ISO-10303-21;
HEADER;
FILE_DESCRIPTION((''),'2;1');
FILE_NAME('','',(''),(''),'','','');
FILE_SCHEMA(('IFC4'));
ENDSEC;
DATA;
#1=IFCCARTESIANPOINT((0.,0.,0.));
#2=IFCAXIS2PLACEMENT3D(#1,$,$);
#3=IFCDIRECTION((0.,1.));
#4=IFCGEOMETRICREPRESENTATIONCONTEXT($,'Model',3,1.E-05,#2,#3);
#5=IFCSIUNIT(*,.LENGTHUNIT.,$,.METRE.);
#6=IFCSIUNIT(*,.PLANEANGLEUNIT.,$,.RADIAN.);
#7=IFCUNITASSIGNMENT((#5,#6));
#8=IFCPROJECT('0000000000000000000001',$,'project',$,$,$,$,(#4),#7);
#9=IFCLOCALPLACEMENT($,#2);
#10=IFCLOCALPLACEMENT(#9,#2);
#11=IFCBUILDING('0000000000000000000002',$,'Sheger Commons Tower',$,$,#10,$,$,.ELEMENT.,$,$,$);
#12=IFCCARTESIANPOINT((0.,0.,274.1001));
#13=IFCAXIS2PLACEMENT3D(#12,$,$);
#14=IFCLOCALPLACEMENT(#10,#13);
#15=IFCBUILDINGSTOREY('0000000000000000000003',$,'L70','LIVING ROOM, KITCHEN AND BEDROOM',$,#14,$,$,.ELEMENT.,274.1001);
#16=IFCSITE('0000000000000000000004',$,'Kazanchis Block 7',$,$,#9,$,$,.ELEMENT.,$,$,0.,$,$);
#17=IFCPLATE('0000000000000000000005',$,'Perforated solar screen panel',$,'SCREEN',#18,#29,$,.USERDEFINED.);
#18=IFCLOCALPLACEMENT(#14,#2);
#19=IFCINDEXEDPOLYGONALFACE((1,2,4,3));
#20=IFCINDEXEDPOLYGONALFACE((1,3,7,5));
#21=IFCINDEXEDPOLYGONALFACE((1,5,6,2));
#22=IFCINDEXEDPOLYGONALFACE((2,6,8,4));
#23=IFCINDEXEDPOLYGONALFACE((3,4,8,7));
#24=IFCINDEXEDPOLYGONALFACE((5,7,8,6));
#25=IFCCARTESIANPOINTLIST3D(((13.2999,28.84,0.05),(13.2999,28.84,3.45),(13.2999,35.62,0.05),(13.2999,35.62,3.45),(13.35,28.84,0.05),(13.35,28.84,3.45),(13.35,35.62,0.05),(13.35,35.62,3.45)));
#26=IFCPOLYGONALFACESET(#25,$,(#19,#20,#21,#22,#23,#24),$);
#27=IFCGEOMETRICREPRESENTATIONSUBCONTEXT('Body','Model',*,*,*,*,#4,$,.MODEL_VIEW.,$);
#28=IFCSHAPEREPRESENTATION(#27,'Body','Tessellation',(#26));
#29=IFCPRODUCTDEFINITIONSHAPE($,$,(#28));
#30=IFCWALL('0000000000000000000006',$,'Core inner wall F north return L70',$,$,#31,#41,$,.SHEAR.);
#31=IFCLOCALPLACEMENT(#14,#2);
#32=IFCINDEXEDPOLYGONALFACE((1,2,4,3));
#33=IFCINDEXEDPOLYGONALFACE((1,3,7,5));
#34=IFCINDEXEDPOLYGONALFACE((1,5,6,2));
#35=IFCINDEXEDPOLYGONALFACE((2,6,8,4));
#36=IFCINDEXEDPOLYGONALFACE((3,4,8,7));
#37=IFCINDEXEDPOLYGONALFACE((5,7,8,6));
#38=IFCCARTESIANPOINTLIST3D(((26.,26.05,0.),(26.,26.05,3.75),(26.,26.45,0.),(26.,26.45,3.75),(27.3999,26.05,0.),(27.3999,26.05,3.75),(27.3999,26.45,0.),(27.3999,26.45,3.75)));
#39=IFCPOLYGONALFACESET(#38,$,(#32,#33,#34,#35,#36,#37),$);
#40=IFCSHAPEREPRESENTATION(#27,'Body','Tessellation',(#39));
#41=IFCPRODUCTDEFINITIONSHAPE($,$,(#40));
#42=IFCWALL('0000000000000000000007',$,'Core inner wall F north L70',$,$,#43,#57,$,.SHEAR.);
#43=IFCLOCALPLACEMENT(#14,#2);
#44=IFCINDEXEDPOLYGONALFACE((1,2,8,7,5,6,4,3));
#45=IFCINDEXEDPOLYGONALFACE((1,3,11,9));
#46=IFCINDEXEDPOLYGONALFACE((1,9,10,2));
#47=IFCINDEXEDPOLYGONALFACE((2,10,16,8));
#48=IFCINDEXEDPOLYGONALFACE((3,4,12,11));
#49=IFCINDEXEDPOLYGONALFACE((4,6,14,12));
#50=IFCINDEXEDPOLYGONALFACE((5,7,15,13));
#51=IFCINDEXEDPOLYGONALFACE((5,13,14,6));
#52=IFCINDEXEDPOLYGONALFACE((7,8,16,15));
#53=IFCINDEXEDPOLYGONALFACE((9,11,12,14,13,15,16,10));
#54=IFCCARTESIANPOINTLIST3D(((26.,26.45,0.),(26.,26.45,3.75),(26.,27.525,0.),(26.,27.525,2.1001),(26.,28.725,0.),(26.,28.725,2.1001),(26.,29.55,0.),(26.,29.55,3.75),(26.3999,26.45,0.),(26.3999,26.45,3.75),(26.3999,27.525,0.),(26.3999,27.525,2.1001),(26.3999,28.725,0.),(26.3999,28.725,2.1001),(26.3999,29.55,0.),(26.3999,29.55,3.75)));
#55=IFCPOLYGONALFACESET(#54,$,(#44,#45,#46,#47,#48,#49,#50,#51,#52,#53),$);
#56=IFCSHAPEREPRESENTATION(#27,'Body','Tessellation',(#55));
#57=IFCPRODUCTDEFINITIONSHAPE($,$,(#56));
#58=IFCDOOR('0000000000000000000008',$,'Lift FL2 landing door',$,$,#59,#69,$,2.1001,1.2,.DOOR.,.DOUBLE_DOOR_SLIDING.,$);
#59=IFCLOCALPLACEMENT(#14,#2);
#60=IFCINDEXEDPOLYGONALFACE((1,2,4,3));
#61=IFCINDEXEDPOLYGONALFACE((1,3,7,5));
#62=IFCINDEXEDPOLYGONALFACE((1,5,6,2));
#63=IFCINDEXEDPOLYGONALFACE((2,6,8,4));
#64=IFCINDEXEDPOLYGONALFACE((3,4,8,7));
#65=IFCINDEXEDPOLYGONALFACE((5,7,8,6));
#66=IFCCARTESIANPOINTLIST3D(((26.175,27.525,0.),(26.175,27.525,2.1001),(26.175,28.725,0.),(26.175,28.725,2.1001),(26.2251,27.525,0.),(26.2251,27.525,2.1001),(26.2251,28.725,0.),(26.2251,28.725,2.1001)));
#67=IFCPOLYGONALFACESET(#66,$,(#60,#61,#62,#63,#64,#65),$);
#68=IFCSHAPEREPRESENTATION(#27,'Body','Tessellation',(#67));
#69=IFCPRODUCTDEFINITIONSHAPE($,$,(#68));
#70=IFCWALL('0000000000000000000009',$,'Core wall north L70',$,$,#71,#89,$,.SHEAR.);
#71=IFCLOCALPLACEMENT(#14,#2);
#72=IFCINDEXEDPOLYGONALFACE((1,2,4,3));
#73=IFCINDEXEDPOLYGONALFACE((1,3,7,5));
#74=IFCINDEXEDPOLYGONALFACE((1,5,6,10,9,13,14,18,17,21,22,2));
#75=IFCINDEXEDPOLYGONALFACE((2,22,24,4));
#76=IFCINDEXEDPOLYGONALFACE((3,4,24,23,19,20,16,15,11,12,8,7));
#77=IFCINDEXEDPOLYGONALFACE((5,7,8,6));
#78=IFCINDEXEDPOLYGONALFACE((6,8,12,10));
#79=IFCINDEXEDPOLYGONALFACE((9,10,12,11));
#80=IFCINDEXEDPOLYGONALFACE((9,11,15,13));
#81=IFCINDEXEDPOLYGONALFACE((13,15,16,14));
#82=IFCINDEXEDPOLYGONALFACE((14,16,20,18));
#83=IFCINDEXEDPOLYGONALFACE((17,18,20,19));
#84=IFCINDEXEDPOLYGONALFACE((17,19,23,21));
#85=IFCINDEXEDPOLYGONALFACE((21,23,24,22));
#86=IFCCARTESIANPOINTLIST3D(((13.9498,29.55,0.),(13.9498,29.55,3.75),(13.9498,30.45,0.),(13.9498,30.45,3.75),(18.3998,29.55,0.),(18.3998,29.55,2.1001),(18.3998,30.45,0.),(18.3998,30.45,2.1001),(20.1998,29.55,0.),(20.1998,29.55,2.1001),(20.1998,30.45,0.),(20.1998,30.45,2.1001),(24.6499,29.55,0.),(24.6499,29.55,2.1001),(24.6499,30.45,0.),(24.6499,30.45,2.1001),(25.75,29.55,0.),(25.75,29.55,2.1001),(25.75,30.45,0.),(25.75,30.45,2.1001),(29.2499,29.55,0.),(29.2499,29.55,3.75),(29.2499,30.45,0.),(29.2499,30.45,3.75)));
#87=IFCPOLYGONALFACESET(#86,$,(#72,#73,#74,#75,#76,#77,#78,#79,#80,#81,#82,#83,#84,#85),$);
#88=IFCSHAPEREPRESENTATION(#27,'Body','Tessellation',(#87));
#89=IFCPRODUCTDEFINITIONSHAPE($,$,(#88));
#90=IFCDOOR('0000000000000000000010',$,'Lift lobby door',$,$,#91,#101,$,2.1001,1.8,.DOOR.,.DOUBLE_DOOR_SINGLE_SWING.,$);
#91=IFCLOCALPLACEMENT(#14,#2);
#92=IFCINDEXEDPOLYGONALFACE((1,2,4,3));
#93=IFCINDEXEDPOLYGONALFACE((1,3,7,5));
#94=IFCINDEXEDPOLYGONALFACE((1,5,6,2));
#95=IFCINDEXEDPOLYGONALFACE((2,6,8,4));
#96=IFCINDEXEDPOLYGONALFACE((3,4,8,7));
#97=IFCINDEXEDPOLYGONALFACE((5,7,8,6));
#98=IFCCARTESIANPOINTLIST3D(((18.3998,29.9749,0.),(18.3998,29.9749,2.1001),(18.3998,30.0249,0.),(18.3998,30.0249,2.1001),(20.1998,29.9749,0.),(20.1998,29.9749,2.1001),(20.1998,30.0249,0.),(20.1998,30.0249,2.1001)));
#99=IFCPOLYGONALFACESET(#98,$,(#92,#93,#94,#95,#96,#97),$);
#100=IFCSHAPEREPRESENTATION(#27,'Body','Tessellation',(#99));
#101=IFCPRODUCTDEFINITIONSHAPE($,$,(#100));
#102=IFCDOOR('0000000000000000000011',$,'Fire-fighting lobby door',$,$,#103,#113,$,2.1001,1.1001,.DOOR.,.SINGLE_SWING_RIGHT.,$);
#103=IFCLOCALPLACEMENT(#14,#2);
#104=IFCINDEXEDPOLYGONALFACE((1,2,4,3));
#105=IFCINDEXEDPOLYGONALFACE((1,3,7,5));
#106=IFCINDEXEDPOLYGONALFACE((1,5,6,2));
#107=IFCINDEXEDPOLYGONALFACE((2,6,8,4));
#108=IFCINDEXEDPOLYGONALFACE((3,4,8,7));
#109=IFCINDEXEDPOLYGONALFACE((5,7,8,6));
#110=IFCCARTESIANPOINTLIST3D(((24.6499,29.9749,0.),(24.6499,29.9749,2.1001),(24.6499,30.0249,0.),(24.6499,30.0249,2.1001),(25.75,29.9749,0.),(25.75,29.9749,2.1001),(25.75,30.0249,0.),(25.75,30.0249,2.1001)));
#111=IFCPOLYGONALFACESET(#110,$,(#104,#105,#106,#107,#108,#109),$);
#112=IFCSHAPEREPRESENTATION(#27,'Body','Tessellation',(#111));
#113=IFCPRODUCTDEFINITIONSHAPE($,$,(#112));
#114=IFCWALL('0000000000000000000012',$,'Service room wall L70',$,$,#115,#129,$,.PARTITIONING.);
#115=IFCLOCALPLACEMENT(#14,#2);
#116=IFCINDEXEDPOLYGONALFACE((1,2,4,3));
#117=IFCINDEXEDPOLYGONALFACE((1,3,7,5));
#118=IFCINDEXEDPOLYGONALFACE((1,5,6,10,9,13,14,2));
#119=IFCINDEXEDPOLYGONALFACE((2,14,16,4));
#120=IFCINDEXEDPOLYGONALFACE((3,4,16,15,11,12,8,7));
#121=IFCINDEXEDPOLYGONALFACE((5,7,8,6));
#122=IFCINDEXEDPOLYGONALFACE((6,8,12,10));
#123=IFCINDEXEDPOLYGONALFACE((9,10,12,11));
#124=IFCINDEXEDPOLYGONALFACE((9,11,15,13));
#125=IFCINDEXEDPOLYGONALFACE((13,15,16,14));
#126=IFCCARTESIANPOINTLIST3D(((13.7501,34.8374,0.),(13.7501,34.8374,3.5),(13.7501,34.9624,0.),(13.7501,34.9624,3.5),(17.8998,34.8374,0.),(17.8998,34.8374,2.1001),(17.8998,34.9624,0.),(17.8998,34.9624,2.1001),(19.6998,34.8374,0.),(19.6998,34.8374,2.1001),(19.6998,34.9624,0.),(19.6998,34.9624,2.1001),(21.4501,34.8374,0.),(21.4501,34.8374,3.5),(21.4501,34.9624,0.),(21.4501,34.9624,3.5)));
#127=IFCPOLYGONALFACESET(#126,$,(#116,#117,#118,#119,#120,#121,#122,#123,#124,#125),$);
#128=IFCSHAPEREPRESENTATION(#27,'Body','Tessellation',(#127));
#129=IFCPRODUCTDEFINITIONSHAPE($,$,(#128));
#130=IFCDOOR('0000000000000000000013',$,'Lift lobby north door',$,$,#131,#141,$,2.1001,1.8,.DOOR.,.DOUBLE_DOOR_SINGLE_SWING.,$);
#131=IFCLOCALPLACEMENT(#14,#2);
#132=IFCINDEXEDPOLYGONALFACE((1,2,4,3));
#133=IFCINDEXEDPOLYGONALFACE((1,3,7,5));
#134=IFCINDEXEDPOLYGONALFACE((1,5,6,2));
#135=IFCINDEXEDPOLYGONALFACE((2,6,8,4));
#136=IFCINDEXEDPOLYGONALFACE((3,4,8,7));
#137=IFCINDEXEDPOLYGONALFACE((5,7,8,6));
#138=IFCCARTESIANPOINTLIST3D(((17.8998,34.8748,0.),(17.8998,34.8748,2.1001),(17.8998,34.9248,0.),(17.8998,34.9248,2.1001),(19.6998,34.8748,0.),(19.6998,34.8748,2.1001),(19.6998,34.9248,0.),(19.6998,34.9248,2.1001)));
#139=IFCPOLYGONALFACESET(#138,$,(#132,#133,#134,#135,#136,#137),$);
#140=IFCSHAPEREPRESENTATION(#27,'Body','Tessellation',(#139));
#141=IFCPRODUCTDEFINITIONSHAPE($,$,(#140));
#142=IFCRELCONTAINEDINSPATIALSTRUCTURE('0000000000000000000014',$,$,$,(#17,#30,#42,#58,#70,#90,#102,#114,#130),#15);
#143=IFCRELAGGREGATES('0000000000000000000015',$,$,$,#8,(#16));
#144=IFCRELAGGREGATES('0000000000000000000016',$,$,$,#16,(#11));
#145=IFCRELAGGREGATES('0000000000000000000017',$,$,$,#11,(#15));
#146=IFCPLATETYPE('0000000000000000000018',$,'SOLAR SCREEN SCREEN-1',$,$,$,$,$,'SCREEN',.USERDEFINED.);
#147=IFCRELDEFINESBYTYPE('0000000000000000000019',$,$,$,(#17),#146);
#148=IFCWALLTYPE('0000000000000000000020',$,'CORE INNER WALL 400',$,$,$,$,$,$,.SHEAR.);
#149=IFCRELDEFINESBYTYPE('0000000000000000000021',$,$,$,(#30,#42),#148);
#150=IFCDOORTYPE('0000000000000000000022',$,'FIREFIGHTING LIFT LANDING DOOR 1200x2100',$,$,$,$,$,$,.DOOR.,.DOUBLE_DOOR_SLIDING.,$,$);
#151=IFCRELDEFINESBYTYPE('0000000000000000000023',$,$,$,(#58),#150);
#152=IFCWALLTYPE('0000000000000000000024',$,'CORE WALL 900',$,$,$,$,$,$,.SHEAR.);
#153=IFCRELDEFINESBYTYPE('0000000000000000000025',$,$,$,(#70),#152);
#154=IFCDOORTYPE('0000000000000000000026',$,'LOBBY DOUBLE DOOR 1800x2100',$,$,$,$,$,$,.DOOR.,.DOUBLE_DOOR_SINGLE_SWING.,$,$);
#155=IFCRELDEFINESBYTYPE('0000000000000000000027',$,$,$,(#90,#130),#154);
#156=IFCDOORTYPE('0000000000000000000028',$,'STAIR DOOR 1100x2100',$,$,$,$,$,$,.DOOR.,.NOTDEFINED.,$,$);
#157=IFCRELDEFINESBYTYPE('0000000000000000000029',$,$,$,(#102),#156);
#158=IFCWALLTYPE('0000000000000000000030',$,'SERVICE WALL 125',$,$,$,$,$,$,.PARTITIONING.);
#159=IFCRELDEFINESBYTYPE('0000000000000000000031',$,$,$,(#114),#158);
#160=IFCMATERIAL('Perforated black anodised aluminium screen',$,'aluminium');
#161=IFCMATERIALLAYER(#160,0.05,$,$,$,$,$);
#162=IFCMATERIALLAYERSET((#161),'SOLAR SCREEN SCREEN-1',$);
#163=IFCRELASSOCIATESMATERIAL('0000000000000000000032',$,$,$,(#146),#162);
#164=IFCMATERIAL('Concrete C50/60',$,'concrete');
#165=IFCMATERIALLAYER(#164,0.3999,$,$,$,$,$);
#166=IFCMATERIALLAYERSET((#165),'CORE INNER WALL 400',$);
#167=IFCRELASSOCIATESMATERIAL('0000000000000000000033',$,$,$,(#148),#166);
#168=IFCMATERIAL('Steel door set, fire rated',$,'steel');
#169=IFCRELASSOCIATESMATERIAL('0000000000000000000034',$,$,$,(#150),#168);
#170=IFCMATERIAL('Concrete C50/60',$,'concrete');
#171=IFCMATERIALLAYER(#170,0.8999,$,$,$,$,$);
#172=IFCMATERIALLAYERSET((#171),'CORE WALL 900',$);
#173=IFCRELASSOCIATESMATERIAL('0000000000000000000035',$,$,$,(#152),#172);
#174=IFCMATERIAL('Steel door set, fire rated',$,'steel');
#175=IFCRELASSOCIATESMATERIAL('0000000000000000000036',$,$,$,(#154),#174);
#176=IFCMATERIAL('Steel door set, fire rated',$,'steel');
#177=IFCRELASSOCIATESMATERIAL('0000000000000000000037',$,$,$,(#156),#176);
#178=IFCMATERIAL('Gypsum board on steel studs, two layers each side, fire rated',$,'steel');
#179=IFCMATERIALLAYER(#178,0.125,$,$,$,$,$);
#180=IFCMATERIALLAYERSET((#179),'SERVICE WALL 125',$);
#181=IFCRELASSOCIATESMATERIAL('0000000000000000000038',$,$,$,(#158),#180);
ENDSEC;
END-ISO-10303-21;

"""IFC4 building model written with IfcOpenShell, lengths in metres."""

from ifc_helpers import new_model, si_unit, direction, frame, frame_2d, origin, origin_2d, place, context, subcontext, project, spatial, rectangle, extrude, material, layer, layer_set, type_object, element, fill, save


model = new_model("IFC4")

# Units and contexts
model_context = context("Model", 3, precision=1e-05, world=origin(), true_north=direction((0.0, 1.0)))
body_context = subcontext(model_context, "Body", "Model", "MODEL_VIEW")
ifc_project = project(units=[si_unit("LENGTHUNIT", "METRE"), si_unit("PLANEANGLEUNIT", "RADIAN")], contexts=[model_context])

# Site, building, storey
site_placement = place(None, origin())
site = spatial("IfcSite", under=ifc_project, at=site_placement, Name="Kazanchis Block 7", CompositionType="ELEMENT", RefElevation=0.0)
building_placement = place(site_placement, origin())
building = spatial("IfcBuilding", under=site, at=building_placement, Name="Sheger Commons Tower", CompositionType="ELEMENT")
storey_placement = place(building_placement, frame((0.0, 0.0, 274.1001)))
storey = spatial("IfcBuildingStorey", under=building, at=storey_placement, Name="L70", Description="LIVING ROOM, KITCHEN AND BEDROOM", CompositionType="ELEMENT", Elevation=274.1001)

# Plate
ifc_material_1 = material(Name="Perforated black anodised aluminium screen", Category="aluminium")
ifc_layer_1 = layer(ifc_material_1, 0.05)
ifc_layer_set_1 = layer_set([ifc_layer_1], Name="SOLAR SCREEN SCREEN-1")
plate_type = type_object("IfcPlateType", Name="SOLAR SCREEN SCREEN-1", ElementType="SCREEN", PredefinedType="USERDEFINED", material=ifc_layer_set_1)
plate_placement = place(storey_placement, frame((13.325, 32.23, 0.05), z_axis=(0.0, 0.0, 1.0), x_axis=(0.0, -1.0, 0.0)))
element("IfcPlate", 1, at=plate_placement, inside=storey, type_object=plate_type, Name="Perforated solar screen panel", ObjectType="SCREEN", PredefinedType="USERDEFINED", context=body_context, shape_type="SweptSolid", body=[
    extrude(rectangle(XDim=6.78, YDim=0.05, at=origin_2d()), origin(), (0.0, 0.0, 1.0), 3.3999),
])

# Wall
ifc_material_2 = material(Name="Concrete C50/60", Category="concrete")
ifc_layer_2 = layer(ifc_material_2, 0.3999)
ifc_layer_set_2 = layer_set([ifc_layer_2], Name="CORE INNER WALL 400")
wall_type_1 = type_object("IfcWallType", Name="CORE INNER WALL 400", PredefinedType="SHEAR", material=ifc_layer_set_2)
wall_1_placement = place(storey_placement, frame((26.0, 26.25, 0.0), z_axis=(0.0, 0.0, 1.0), x_axis=(1.0, 0.0, 0.0)))
element("IfcWall", 2, at=wall_1_placement, inside=storey, type_object=wall_type_1, Name="Core inner wall F north return L70", PredefinedType="SHEAR", context=body_context, shape_type="SweptSolid", body=[
    extrude(rectangle(XDim=1.3999, YDim=0.3999, at=frame_2d((0.7, 0.0))), origin(), (0.0, 0.0, 1.0), 3.75),
])

# Wall, opening, door
wall_2_placement = place(storey_placement, frame((26.2, 26.45, 0.0), z_axis=(0.0, 0.0, 1.0), x_axis=(0.0, 1.0, 0.0)))
wall_2 = element("IfcWall", 3, at=wall_2_placement, inside=storey, type_object=wall_type_1, Name="Core inner wall F north L70", PredefinedType="SHEAR", context=body_context, shape_type="SweptSolid", body=[
    extrude(rectangle(XDim=3.1001, YDim=0.3999, at=frame_2d((1.55, 0.0))), origin(), (0.0, 0.0, 1.0), 3.75),
])
opening_1_placement = place(wall_2_placement, frame((1.075, 0.0, 0.0)))
opening_1 = element("IfcOpeningElement", 4, at=opening_1_placement, cuts=wall_2, PredefinedType="OPENING", context=body_context, shape_type="SweptSolid", body=[
    extrude(rectangle(XDim=1.2, YDim=2.1001, at=frame_2d((0.6001, 1.05))), frame((0.0, 0.21, 0.0), z_axis=(0.0, -1.0, 0.0), x_axis=(1.0, 0.0, 0.0)), (0.0, 0.0, 1.0), 0.4199),
])
ifc_material_3 = material(Name="Steel door set, fire rated", Category="steel")
door_type_1 = type_object("IfcDoorType", Name="FIREFIGHTING LIFT LANDING DOOR 1200x2100", OperationType="DOUBLE_DOOR_SLIDING", PredefinedType="DOOR", material=ifc_material_3)
door_1_placement = place(opening_1_placement, origin())
door_1 = element("IfcDoor", 5, at=door_1_placement, inside=storey, type_object=door_type_1, Name="Lift FL2 landing door", OperationType="DOUBLE_DOOR_SLIDING", OverallHeight=2.1001, OverallWidth=1.2, PredefinedType="DOOR", context=body_context, shape_type="SweptSolid", body=[
    extrude(rectangle(XDim=1.2, YDim=2.1001, at=frame_2d((0.6001, 1.05))), frame((0.0, 0.0249, 0.0), z_axis=(0.0, -1.0, 0.0), x_axis=(1.0, 0.0, 0.0)), (0.0, 0.0, 1.0), 0.05),
])
fill(opening_1, door_1)

# Wall, openings, doors
ifc_material_4 = material(Name="Concrete C50/60", Category="concrete")
ifc_layer_3 = layer(ifc_material_4, 0.8999)
ifc_layer_set_3 = layer_set([ifc_layer_3], Name="CORE WALL 900")
wall_type_2 = type_object("IfcWallType", Name="CORE WALL 900", PredefinedType="SHEAR", material=ifc_layer_set_3)
wall_3_placement = place(storey_placement, frame((13.95, 30.0, 0.0), z_axis=(0.0, 0.0, 1.0), x_axis=(1.0, 0.0, 0.0)))
wall_3 = element("IfcWall", 6, at=wall_3_placement, inside=storey, type_object=wall_type_2, Name="Core wall north L70", PredefinedType="SHEAR", context=body_context, shape_type="SweptSolid", body=[
    extrude(rectangle(XDim=15.3, YDim=0.8999, at=frame_2d((7.6499, 0.0))), origin(), (0.0, 0.0, 1.0), 3.75),
])
opening_2_placement = place(wall_3_placement, frame((4.45, 0.0, 0.0)))
opening_2 = element("IfcOpeningElement", 7, at=opening_2_placement, cuts=wall_3, PredefinedType="OPENING", context=body_context, shape_type="SweptSolid", body=[
    extrude(rectangle(XDim=1.8, YDim=2.1001, at=frame_2d((0.8999, 1.05))), frame((0.0, 0.46, 0.0), z_axis=(0.0, -1.0, 0.0), x_axis=(1.0, 0.0, 0.0)), (0.0, 0.0, 1.0), 0.9199),
])
opening_3_placement = place(wall_3_placement, frame((10.7, 0.0, 0.0)))
opening_3 = element("IfcOpeningElement", 8, at=opening_3_placement, cuts=wall_3, PredefinedType="OPENING", context=body_context, shape_type="SweptSolid", body=[
    extrude(rectangle(XDim=1.1001, YDim=2.1001, at=frame_2d((0.55, 1.05))), frame((0.0, 0.46, 0.0), z_axis=(0.0, -1.0, 0.0), x_axis=(1.0, 0.0, 0.0)), (0.0, 0.0, 1.0), 0.9199),
])
ifc_material_5 = material(Name="Steel door set, fire rated", Category="steel")
door_type_2 = type_object("IfcDoorType", Name="LOBBY DOUBLE DOOR 1800x2100", OperationType="DOUBLE_DOOR_SINGLE_SWING", PredefinedType="DOOR", material=ifc_material_5)
door_2_placement = place(opening_2_placement, origin())
door_2 = element("IfcDoor", 9, at=door_2_placement, inside=storey, type_object=door_type_2, Name="Lift lobby door", OperationType="DOUBLE_DOOR_SINGLE_SWING", OverallHeight=2.1001, OverallWidth=1.8, PredefinedType="DOOR", context=body_context, shape_type="SweptSolid", body=[
    extrude(rectangle(XDim=1.8, YDim=2.1001, at=frame_2d((0.8999, 1.05))), frame((0.0, 0.0249, 0.0), z_axis=(0.0, -1.0, 0.0), x_axis=(1.0, 0.0, 0.0)), (0.0, 0.0, 1.0), 0.05),
])
fill(opening_2, door_2)
ifc_material_6 = material(Name="Steel door set, fire rated", Category="steel")
door_type_3 = type_object("IfcDoorType", Name="STAIR DOOR 1100x2100", OperationType="NOTDEFINED", PredefinedType="DOOR", material=ifc_material_6)
door_3_placement = place(opening_3_placement, origin())
door_3 = element("IfcDoor", 10, at=door_3_placement, inside=storey, type_object=door_type_3, Name="Fire-fighting lobby door", OperationType="SINGLE_SWING_RIGHT", OverallHeight=2.1001, OverallWidth=1.1001, PredefinedType="DOOR", context=body_context, shape_type="SweptSolid", body=[
    extrude(rectangle(XDim=1.1001, YDim=2.1001, at=frame_2d((0.55, 1.05))), frame((0.0, 0.0249, 0.0), z_axis=(0.0, -1.0, 0.0), x_axis=(1.0, 0.0, 0.0)), (0.0, 0.0, 1.0), 0.05),
])
fill(opening_3, door_3)

# Wall, opening, door
ifc_material_7 = material(Name="Gypsum board on steel studs, two layers each side, fire rated", Category="steel")
ifc_layer_4 = layer(ifc_material_7, 0.125)
ifc_layer_set_4 = layer_set([ifc_layer_4], Name="SERVICE WALL 125")
wall_type_3 = type_object("IfcWallType", Name="SERVICE WALL 125", PredefinedType="PARTITIONING", material=ifc_layer_set_4)
wall_4_placement = place(storey_placement, frame((13.75, 34.8999, 0.0), z_axis=(0.0, 0.0, 1.0), x_axis=(1.0, 0.0, 0.0)))
wall_4 = element("IfcWall", 11, at=wall_4_placement, inside=storey, type_object=wall_type_3, Name="Service room wall L70", PredefinedType="PARTITIONING", context=body_context, shape_type="SweptSolid", body=[
    extrude(rectangle(XDim=7.7, YDim=0.125, at=frame_2d((3.8501, 0.0))), origin(), (0.0, 0.0, 1.0), 3.5),
])
opening_4_placement = place(wall_4_placement, frame((4.1499, 0.0, 0.0)))
opening_4 = element("IfcOpeningElement", 12, at=opening_4_placement, cuts=wall_4, PredefinedType="OPENING", context=body_context, shape_type="SweptSolid", body=[
    extrude(rectangle(XDim=1.8, YDim=2.1001, at=frame_2d((0.8999, 1.05))), frame((0.0, 0.0725, 0.0), z_axis=(0.0, -1.0, 0.0), x_axis=(1.0, 0.0, 0.0)), (0.0, 0.0, 1.0), 0.145),
])
door_4_placement = place(opening_4_placement, origin())
door_4 = element("IfcDoor", 13, at=door_4_placement, inside=storey, type_object=door_type_2, Name="Lift lobby north door", OperationType="DOUBLE_DOOR_SINGLE_SWING", OverallHeight=2.1001, OverallWidth=1.8, PredefinedType="DOOR", context=body_context, shape_type="SweptSolid", body=[
    extrude(rectangle(XDim=1.8, YDim=2.1001, at=frame_2d((0.8999, 1.05))), frame((0.0, 0.0249, 0.0), z_axis=(0.0, -1.0, 0.0), x_axis=(1.0, 0.0, 0.0)), (0.0, 0.0, 1.0), 0.05),
])
fill(opening_4, door_4)

save(model, "model.ifc")
